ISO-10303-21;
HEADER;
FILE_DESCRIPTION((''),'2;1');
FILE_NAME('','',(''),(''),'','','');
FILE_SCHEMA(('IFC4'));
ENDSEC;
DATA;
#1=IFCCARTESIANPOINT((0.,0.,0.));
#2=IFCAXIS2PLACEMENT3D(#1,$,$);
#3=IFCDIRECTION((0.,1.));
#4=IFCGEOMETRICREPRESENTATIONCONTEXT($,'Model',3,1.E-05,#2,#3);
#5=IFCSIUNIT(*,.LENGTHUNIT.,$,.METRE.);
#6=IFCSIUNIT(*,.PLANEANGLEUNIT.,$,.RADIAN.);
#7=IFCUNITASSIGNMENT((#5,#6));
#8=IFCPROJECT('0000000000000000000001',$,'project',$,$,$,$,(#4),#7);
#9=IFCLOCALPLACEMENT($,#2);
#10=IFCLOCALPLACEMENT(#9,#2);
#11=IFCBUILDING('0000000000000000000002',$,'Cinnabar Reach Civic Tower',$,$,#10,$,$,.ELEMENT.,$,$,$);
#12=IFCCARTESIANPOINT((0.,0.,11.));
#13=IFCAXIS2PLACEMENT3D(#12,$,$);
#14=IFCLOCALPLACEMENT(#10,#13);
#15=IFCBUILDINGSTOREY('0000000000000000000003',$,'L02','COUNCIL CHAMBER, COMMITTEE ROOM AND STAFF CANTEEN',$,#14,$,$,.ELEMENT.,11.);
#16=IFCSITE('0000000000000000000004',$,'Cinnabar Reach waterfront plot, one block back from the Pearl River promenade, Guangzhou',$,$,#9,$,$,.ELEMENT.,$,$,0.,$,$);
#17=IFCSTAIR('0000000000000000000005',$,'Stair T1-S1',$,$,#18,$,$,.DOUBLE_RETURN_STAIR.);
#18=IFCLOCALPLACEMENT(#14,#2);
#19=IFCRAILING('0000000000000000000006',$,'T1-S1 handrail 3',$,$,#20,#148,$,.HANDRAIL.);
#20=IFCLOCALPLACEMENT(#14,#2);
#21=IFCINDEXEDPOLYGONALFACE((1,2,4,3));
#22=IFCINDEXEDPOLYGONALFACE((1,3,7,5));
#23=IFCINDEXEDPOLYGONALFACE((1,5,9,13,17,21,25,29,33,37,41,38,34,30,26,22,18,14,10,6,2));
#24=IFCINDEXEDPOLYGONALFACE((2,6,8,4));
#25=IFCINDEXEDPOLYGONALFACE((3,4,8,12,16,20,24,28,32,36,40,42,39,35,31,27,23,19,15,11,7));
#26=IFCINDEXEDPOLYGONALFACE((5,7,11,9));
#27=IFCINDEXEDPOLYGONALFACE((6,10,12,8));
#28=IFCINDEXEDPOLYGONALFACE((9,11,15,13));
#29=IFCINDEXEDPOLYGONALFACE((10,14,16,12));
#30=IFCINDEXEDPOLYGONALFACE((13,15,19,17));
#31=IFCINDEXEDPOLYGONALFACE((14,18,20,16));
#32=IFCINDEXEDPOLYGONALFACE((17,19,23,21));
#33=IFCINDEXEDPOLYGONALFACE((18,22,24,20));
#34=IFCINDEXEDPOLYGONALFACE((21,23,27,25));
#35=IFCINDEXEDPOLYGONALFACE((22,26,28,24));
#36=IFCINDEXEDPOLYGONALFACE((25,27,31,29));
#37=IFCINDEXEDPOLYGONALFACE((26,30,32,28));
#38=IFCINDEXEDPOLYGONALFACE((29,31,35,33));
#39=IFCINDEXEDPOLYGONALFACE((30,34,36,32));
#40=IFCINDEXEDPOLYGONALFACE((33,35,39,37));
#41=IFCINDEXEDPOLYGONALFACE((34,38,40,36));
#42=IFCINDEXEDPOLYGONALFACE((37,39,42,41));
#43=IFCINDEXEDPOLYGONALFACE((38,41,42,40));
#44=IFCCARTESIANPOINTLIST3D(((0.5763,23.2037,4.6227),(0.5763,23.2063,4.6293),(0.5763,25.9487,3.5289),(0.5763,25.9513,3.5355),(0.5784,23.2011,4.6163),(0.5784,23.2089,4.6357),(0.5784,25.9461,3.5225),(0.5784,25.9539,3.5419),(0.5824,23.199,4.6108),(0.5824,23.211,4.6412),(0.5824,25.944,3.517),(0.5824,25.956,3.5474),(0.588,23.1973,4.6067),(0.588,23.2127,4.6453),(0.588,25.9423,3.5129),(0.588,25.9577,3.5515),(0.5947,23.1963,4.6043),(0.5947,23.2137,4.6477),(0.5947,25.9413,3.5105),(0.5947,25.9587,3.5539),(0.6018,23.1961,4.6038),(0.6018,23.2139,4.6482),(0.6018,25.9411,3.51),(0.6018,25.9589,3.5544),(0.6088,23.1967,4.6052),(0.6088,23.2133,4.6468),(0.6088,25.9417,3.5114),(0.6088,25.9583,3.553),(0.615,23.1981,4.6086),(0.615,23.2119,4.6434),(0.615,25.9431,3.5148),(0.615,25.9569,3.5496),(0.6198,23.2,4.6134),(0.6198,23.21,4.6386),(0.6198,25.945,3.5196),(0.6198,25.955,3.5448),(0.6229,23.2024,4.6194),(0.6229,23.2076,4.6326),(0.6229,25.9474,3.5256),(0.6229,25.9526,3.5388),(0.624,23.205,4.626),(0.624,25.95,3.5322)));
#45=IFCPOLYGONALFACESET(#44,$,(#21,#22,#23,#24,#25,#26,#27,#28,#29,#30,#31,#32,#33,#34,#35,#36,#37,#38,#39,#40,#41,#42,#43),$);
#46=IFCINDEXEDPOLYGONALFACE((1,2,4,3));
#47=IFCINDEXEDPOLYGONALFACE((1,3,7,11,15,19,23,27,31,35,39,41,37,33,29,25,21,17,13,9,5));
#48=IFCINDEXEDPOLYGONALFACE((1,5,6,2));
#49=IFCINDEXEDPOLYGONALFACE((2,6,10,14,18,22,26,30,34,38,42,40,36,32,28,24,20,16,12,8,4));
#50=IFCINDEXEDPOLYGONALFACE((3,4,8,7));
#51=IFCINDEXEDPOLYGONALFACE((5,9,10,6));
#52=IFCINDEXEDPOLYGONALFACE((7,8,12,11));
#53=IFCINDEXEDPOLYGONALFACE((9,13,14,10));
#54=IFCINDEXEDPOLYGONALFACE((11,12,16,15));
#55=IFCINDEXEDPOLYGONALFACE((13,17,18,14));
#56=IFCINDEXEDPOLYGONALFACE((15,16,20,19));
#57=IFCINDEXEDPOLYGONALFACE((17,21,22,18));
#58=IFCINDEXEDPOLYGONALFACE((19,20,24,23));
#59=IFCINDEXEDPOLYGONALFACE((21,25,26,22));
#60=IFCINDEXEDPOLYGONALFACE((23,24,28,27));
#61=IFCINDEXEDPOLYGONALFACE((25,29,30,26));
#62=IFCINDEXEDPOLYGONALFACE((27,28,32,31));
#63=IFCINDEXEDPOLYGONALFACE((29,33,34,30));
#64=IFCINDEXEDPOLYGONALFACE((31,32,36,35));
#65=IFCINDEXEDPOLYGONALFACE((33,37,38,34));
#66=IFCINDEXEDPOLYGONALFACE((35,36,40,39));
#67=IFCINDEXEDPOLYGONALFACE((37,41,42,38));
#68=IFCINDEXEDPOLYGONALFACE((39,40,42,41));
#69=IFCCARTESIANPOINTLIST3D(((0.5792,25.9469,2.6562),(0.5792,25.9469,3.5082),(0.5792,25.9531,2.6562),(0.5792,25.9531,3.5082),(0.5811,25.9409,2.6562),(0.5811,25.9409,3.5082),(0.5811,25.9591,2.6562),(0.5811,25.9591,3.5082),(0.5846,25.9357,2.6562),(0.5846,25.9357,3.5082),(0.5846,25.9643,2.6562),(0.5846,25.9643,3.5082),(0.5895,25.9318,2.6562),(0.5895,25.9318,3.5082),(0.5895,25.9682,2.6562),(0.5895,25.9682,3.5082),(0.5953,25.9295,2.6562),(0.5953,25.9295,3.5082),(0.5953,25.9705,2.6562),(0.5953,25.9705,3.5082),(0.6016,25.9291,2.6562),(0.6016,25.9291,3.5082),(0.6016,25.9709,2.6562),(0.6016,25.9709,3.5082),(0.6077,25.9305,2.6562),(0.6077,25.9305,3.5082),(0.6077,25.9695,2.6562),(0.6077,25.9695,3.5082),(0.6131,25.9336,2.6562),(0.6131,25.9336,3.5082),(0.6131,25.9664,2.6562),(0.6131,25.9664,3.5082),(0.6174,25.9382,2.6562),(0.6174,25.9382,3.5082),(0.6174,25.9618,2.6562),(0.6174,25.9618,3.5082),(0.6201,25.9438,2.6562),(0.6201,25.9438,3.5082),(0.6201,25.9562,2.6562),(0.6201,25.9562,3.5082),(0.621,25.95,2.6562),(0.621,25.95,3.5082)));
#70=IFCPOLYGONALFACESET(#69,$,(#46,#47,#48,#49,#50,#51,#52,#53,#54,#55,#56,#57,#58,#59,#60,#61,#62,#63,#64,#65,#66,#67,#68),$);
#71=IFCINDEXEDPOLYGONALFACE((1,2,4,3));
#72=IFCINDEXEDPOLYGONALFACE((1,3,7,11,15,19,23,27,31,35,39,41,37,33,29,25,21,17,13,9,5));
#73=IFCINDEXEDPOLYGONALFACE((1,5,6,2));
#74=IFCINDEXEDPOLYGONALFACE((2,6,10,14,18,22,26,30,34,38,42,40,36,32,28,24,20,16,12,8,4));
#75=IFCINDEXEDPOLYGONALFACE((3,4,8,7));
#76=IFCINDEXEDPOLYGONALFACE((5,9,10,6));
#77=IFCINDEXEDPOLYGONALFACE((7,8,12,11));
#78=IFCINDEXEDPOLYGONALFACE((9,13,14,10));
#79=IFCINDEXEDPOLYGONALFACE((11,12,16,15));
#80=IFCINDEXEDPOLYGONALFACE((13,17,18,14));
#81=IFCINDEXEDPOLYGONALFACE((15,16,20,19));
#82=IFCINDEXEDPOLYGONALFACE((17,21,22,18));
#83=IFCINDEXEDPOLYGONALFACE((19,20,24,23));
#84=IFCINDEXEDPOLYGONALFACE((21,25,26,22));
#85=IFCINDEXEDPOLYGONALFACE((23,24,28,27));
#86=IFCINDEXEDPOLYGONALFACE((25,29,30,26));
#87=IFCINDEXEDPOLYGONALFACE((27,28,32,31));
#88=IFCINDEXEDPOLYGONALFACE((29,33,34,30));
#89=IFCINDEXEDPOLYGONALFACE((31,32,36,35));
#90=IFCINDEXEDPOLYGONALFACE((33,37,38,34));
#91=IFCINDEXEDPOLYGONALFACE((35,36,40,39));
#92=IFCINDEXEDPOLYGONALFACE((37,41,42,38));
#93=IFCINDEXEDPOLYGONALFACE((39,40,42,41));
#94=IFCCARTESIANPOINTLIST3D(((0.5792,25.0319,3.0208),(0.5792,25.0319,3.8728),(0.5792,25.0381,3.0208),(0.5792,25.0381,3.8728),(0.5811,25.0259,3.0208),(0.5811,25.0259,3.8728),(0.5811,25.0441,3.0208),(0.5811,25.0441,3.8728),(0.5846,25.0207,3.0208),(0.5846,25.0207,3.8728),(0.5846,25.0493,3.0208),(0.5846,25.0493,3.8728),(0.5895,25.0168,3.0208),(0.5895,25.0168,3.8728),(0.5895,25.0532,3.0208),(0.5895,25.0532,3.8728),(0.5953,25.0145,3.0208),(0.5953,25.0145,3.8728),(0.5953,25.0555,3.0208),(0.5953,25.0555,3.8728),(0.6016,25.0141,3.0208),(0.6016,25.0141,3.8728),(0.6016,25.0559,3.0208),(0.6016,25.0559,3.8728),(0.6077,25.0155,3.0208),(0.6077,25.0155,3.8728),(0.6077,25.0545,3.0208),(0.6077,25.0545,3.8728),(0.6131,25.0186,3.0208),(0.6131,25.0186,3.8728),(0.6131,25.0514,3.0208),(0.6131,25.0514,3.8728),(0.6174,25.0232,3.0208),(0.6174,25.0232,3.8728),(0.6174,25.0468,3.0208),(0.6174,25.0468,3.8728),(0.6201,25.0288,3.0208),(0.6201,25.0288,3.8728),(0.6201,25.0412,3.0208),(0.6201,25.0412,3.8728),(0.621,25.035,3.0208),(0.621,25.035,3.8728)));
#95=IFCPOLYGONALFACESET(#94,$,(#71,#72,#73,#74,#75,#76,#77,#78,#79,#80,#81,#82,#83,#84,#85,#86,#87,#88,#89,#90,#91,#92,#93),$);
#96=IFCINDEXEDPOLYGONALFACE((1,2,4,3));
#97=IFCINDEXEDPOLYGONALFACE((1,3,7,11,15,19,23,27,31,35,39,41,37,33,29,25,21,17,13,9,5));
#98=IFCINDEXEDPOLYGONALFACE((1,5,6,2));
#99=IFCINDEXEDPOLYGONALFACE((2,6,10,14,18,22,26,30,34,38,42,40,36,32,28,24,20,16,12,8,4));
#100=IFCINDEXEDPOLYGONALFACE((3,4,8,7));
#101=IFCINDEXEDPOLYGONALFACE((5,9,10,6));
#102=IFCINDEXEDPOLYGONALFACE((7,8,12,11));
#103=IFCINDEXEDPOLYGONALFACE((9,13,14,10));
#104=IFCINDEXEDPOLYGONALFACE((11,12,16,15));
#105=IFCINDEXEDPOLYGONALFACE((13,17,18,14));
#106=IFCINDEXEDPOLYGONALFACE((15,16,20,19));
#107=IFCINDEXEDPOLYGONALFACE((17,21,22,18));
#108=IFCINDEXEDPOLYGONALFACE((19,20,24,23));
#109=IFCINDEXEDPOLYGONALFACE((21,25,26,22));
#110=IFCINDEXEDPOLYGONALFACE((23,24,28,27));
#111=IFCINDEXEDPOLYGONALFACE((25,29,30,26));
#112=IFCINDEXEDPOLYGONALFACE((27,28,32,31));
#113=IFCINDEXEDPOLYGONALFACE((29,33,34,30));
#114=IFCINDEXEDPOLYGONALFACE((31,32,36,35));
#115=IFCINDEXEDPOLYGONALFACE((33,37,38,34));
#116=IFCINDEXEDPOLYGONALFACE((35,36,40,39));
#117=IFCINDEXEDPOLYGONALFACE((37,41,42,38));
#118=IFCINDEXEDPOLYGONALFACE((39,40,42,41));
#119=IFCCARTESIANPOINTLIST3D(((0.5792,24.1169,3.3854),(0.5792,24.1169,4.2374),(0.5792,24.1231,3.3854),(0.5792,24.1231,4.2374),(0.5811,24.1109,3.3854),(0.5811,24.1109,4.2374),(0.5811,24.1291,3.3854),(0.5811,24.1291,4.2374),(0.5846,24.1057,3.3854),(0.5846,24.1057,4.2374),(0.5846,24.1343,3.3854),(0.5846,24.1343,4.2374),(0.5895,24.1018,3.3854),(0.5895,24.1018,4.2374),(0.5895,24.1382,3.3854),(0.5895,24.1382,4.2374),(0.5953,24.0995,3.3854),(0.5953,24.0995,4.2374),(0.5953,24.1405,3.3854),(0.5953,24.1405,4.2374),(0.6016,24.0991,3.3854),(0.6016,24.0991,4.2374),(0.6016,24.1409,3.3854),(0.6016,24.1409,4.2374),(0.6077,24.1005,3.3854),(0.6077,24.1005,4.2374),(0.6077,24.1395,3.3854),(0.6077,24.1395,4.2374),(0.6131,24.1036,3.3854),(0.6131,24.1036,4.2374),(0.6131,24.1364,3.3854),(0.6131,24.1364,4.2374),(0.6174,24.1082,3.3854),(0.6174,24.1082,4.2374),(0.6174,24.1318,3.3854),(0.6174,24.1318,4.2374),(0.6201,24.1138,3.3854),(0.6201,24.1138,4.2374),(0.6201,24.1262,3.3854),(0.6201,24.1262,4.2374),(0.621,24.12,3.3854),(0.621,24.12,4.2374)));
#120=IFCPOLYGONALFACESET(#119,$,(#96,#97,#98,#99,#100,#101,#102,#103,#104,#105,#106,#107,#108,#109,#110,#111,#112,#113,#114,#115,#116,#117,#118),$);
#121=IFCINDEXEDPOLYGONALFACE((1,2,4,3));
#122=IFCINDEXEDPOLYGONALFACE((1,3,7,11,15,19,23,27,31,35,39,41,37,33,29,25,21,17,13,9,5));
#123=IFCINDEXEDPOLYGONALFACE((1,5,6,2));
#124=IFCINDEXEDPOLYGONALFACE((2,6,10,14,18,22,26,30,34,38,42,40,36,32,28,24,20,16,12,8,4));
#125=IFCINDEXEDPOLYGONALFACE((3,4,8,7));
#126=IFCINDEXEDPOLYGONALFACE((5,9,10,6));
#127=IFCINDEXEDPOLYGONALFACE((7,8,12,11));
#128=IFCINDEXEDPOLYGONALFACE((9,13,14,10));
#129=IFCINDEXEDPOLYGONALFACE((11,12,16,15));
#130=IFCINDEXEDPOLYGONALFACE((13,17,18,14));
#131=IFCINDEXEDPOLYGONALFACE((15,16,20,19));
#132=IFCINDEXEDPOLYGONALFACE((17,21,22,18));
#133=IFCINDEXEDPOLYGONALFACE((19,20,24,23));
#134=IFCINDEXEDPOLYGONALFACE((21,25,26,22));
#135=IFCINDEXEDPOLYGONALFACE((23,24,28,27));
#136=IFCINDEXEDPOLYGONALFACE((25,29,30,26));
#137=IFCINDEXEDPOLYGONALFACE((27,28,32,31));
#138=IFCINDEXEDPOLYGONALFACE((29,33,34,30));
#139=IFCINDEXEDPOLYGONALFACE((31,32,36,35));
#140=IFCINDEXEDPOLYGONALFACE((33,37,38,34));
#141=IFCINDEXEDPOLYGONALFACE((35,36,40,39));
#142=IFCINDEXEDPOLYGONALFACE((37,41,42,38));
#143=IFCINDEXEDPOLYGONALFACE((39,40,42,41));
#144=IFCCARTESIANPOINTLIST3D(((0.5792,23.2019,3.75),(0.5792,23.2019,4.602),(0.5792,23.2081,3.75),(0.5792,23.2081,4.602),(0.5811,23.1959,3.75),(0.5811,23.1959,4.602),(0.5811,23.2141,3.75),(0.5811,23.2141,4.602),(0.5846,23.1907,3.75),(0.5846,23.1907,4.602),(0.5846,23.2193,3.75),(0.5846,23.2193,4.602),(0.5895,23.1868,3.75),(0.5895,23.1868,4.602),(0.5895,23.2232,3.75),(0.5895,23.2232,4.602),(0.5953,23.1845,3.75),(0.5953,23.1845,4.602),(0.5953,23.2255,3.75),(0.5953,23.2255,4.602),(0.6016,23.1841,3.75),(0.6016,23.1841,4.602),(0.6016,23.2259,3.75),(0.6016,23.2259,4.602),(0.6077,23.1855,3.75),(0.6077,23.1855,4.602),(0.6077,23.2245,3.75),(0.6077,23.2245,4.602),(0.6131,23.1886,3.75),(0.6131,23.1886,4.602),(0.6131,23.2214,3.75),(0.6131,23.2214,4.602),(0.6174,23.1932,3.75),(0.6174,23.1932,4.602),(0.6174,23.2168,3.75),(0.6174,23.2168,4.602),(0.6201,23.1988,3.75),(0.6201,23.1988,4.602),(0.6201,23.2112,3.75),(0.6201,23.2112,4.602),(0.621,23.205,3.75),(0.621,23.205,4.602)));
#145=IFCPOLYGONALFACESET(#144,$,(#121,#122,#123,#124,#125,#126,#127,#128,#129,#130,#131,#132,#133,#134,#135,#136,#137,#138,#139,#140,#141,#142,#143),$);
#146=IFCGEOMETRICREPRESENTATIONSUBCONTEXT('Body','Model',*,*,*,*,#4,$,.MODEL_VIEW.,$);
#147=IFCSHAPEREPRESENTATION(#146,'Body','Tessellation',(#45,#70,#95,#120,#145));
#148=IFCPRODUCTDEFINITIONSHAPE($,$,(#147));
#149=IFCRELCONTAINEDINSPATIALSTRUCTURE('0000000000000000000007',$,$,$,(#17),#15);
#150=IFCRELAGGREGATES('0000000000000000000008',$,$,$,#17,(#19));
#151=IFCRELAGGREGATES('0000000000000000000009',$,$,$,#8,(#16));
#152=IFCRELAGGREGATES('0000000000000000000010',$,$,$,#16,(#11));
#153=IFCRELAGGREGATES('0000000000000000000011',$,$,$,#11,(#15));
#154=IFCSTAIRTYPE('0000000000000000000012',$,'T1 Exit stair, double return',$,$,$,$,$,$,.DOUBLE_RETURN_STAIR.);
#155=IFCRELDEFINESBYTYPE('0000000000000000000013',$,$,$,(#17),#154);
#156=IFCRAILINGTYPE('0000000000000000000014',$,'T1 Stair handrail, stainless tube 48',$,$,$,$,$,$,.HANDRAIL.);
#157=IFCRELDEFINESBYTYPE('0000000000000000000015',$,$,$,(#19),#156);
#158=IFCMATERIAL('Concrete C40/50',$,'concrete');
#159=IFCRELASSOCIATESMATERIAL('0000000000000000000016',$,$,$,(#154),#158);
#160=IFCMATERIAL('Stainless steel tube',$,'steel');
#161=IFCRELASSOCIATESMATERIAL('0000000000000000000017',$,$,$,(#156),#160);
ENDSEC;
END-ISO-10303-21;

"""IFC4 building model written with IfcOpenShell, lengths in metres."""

from ifc_helpers import new_model, si_unit, direction, frame, origin, origin_2d, place, context, subcontext, project, spatial, circle, extrude, material, type_object, element, aggregate, save


model = new_model("IFC4")

# Units and contexts
model_context = context("Model", 3, precision=1e-05, world=origin(), true_north=direction((0.0, 1.0)))
body_context = subcontext(model_context, "Body", "Model", "MODEL_VIEW")
ifc_project = project(units=[si_unit("LENGTHUNIT", "METRE"), si_unit("PLANEANGLEUNIT", "RADIAN")], contexts=[model_context])

# Site, building, storey
site_placement = place(None, origin())
site = spatial("IfcSite", under=ifc_project, at=site_placement, Name="Cinnabar Reach waterfront plot, one block back from the Pearl River promenade, Guangzhou", CompositionType="ELEMENT", RefElevation=0.0)
building_placement = place(site_placement, origin())
building = spatial("IfcBuilding", under=site, at=building_placement, Name="Cinnabar Reach Civic Tower", CompositionType="ELEMENT")
storey_placement = place(building_placement, frame((0.0, 0.0, 11.0)))
storey = spatial("IfcBuildingStorey", under=building, at=storey_placement, Name="L02", Description="COUNCIL CHAMBER, COMMITTEE ROOM AND STAFF CANTEEN", CompositionType="ELEMENT", Elevation=11.0)

# Stair, railing
ifc_material_1 = material(Name="Concrete C40/50", Category="concrete")
stair_type = type_object("IfcStairType", Name="T1 Exit stair, double return", PredefinedType="DOUBLE_RETURN_STAIR", material=ifc_material_1)
stair_placement = place(storey_placement, origin())
stair = element("IfcStair", 1, at=stair_placement, inside=storey, type_object=stair_type, Name="Stair T1-S1", PredefinedType="DOUBLE_RETURN_STAIR")
ifc_material_2 = material(Name="Stainless steel tube", Category="steel")
railing_type_1 = type_object("IfcRailingType", Name="T1 Stair handrail, stainless tube 48", PredefinedType="HANDRAIL", material=ifc_material_2)
railing_1_placement = place(storey_placement, frame((0.6, 25.95, 2.6562)))
railing_1 = element("IfcRailing", 2, at=railing_1_placement, type_object=railing_type_1, Name="T1-S1 handrail 3", PredefinedType="HANDRAIL", context=body_context, shape_type="SweptSolid", body=[
    extrude(circle(Radius=0.024, at=origin_2d()), frame((0.0, 0.0, 0.876), z_axis=(0.0, -0.928966, 0.370165), x_axis=(1.0, 0.0, 0.0)), (0.0, 0.0, 1.0), 2.9549),
    extrude(circle(Radius=0.021, at=origin_2d()), origin(), (0.0, 0.0, 1.0), 0.852),
    extrude(circle(Radius=0.021, at=origin_2d()), frame((0.0, -0.915, 0.3646)), (0.0, 0.0, 1.0), 0.852),
    extrude(circle(Radius=0.021, at=origin_2d()), frame((0.0, -1.83, 0.7292)), (0.0, 0.0, 1.0), 0.852),
    extrude(circle(Radius=0.021, at=origin_2d()), frame((0.0, -2.745, 1.0938)), (0.0, 0.0, 1.0), 0.852),
])
aggregate(stair, [railing_1])

save(model, "model.ifc")
